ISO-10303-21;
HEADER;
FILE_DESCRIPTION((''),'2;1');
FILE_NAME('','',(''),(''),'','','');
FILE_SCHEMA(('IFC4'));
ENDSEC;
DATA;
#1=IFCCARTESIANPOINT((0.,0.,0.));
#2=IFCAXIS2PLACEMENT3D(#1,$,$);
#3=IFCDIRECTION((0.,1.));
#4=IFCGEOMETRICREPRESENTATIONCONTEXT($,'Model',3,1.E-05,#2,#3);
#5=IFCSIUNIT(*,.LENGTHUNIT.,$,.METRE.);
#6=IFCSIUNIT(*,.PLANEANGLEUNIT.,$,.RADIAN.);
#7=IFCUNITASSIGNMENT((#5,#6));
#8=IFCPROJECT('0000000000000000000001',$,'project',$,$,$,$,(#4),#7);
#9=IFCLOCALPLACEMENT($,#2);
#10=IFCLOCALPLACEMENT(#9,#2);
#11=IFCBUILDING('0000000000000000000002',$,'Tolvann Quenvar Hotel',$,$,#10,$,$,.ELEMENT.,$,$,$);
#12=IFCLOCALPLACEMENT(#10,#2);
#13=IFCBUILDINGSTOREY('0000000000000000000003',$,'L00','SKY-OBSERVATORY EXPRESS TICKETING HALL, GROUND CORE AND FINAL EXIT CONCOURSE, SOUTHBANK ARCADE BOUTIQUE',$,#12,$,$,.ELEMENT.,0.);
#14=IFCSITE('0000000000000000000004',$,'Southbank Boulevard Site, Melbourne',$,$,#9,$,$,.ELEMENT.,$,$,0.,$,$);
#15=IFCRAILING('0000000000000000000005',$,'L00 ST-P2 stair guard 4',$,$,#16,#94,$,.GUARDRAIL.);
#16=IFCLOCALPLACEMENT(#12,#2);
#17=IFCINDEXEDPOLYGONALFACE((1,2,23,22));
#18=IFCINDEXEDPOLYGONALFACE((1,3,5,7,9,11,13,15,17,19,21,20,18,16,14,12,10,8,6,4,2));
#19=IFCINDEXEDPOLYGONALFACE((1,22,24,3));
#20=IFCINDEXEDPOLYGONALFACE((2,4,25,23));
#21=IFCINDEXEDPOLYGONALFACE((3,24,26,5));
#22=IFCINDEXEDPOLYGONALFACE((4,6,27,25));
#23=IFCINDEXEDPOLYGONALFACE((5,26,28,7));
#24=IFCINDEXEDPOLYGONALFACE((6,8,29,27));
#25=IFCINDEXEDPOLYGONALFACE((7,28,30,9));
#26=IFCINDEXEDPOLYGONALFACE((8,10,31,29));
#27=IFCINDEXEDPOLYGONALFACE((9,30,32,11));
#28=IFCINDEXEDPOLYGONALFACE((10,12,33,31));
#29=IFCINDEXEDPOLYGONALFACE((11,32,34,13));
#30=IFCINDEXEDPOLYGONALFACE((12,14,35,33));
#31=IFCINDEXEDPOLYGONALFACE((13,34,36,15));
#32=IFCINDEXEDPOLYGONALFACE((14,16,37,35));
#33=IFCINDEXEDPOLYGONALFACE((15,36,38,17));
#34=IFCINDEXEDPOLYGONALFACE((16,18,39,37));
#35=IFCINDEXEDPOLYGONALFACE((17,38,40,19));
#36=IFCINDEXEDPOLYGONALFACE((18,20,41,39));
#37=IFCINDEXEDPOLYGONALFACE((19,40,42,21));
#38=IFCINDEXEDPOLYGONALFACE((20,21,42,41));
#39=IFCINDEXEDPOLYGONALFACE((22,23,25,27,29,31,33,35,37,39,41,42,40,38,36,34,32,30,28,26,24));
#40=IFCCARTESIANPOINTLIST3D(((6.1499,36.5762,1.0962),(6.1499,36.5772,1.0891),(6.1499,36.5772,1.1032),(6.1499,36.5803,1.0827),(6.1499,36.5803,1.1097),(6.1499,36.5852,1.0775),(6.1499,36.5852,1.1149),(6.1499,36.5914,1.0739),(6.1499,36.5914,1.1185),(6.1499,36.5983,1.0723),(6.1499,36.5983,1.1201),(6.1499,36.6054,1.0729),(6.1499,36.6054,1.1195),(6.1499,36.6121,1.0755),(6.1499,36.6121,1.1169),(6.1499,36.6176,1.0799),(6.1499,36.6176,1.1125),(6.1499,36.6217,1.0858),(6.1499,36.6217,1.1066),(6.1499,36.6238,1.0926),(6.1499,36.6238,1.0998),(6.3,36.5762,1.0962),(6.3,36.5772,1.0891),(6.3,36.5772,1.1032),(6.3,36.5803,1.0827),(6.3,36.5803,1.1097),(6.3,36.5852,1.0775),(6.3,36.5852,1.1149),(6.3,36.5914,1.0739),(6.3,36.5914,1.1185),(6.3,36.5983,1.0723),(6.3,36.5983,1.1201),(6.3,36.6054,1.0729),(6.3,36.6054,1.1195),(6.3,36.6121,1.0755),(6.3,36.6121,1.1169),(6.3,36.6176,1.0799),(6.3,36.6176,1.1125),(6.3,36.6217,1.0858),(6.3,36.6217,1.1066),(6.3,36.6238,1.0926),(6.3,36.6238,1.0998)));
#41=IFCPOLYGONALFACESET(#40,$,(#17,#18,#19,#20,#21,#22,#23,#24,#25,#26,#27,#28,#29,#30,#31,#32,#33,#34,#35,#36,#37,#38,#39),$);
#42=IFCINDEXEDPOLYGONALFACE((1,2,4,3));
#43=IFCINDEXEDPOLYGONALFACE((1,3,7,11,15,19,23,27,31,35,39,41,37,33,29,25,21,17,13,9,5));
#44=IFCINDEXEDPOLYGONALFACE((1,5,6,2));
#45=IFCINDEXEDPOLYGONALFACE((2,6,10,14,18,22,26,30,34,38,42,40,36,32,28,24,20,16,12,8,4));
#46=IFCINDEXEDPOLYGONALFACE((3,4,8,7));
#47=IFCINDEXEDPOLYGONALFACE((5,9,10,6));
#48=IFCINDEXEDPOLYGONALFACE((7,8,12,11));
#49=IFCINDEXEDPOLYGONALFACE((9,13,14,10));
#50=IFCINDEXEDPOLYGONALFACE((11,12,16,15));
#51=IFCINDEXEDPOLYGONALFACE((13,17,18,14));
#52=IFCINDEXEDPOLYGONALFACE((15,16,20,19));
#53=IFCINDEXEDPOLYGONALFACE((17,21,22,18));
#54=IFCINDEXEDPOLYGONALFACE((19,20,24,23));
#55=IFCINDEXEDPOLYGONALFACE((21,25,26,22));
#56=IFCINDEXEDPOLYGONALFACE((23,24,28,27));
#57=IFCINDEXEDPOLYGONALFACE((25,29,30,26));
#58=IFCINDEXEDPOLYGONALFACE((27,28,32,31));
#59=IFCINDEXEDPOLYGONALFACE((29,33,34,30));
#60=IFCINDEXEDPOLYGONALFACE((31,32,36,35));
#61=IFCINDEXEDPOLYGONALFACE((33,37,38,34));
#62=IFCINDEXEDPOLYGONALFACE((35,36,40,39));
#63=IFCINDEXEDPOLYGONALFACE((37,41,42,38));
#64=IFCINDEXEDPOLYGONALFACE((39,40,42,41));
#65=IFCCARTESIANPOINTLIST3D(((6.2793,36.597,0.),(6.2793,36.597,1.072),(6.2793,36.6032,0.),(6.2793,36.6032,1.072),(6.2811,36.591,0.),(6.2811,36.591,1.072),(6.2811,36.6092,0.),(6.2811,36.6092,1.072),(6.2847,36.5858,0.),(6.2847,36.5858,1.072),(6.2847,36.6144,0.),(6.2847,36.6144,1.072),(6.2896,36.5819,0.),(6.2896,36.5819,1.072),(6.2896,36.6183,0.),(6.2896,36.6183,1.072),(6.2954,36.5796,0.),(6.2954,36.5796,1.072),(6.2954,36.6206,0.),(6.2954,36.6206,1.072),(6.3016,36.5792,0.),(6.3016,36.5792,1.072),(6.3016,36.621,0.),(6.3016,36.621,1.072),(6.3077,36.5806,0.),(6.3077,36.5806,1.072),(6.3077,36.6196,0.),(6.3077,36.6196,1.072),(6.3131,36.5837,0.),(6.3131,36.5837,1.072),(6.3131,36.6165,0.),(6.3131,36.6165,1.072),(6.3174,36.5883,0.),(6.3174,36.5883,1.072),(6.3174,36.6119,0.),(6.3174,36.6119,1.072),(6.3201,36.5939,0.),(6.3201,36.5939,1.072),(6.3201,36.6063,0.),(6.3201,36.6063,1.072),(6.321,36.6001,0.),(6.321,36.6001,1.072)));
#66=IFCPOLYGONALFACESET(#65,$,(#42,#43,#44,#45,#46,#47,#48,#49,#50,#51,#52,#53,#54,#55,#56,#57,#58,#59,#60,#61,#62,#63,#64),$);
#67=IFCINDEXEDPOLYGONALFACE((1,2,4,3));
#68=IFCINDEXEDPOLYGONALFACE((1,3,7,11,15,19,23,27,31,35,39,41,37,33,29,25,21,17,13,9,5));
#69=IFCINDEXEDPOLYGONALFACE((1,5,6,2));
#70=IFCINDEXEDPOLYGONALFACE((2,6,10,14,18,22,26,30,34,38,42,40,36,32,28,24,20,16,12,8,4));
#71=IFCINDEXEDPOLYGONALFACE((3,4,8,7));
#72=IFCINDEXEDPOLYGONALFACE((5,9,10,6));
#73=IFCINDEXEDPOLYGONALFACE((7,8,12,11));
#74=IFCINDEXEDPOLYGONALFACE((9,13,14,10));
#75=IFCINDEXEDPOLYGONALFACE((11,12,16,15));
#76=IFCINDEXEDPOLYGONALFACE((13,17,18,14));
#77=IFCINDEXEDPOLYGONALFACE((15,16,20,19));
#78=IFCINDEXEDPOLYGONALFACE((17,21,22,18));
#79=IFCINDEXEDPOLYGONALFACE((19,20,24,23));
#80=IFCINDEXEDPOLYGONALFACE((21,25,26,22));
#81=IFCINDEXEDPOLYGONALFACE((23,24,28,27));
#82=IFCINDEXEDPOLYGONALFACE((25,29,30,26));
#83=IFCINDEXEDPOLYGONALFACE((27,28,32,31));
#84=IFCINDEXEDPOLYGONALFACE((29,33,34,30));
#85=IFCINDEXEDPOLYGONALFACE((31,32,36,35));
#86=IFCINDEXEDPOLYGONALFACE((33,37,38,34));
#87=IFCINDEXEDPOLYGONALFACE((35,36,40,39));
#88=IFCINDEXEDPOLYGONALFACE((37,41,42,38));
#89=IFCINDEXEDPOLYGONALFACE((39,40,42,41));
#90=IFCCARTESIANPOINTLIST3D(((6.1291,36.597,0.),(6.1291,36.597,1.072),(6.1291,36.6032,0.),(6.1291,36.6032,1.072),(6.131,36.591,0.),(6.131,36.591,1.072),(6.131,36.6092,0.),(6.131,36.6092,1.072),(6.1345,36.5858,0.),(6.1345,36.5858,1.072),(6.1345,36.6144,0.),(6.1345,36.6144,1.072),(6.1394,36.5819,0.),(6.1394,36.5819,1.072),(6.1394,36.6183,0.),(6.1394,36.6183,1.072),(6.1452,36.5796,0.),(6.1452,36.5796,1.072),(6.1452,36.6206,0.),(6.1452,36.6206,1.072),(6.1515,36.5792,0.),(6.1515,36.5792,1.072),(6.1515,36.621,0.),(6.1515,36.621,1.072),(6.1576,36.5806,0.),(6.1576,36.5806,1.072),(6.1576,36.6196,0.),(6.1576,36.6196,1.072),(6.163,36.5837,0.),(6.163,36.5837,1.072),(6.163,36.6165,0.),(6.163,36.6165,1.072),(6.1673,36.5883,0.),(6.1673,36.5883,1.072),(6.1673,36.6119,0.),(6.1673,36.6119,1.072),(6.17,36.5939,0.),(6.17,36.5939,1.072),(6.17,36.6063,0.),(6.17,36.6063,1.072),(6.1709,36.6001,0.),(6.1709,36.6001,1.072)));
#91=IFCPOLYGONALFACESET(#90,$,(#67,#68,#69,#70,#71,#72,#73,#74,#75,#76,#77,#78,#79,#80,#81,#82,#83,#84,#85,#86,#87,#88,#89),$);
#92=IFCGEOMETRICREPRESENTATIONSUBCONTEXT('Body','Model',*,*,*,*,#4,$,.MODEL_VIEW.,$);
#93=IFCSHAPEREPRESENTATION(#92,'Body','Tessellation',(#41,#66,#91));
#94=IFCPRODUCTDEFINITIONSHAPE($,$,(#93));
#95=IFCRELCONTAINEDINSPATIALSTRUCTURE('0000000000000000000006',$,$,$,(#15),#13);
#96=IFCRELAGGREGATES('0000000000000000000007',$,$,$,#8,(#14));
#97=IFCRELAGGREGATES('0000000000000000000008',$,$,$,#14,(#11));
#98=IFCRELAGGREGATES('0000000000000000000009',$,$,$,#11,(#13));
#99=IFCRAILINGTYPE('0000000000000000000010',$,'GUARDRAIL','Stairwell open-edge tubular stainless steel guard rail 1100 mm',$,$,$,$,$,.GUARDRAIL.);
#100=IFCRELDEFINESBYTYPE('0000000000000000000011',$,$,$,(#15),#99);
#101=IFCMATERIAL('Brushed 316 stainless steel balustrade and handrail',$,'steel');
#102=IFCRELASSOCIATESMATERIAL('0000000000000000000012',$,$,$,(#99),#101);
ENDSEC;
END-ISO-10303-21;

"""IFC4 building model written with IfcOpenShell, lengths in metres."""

from ifc_helpers import new_model, si_unit, direction, frame, origin, origin_2d, place, context, subcontext, project, spatial, circle, extrude, material, type_object, element, save


model = new_model("IFC4")

# Units and contexts
model_context = context("Model", 3, precision=1e-05, world=origin(), true_north=direction((0.0, 1.0)))
body_context = subcontext(model_context, "Body", "Model", "MODEL_VIEW")
ifc_project = project(units=[si_unit("LENGTHUNIT", "METRE"), si_unit("PLANEANGLEUNIT", "RADIAN")], contexts=[model_context])

# Site, building, storey
site_placement = place(None, origin())
site = spatial("IfcSite", under=ifc_project, at=site_placement, Name="Southbank Boulevard Site, Melbourne", CompositionType="ELEMENT", RefElevation=0.0)
building_placement = place(site_placement, origin())
building = spatial("IfcBuilding", under=site, at=building_placement, Name="Tolvann Quenvar Hotel", CompositionType="ELEMENT")
storey_placement = place(building_placement, origin())
storey = spatial("IfcBuildingStorey", under=building, at=storey_placement, Name="L00", Description="SKY-OBSERVATORY EXPRESS TICKETING HALL, GROUND CORE AND FINAL EXIT CONCOURSE, SOUTHBANK ARCADE BOUTIQUE", CompositionType="ELEMENT", Elevation=0.0)

# Railing
ifc_material_1 = material(Name="Brushed 316 stainless steel balustrade and handrail", Category="steel")
railing_type = type_object("IfcRailingType", Name="GUARDRAIL", Description="Stairwell open-edge tubular stainless steel guard rail 1100 mm", PredefinedType="GUARDRAIL", material=ifc_material_1)
railing_1_placement = place(storey_placement, frame((6.3, 36.6001, 0.0)))
element("IfcRailing", 1, at=railing_1_placement, inside=storey, type_object=railing_type, Name="L00 ST-P2 stair guard 4", PredefinedType="GUARDRAIL", context=body_context, shape_type="SweptSolid", body=[
    extrude(circle(Radius=0.0239, at=origin_2d()), frame((0.0, 0.0, 1.0962), z_axis=(-1.0, 0.0, 0.0), x_axis=(0.0, -1.0, 0.0)), (0.0, 0.0, 1.0), 0.1501),
    extrude(circle(Radius=0.021, at=origin_2d()), origin(), (0.0, 0.0, 1.0), 1.072),
    extrude(circle(Radius=0.021, at=origin_2d()), frame((-0.1501, 0.0, 0.0)), (0.0, 0.0, 1.0), 1.072),
])

save(model, "model.ifc")
